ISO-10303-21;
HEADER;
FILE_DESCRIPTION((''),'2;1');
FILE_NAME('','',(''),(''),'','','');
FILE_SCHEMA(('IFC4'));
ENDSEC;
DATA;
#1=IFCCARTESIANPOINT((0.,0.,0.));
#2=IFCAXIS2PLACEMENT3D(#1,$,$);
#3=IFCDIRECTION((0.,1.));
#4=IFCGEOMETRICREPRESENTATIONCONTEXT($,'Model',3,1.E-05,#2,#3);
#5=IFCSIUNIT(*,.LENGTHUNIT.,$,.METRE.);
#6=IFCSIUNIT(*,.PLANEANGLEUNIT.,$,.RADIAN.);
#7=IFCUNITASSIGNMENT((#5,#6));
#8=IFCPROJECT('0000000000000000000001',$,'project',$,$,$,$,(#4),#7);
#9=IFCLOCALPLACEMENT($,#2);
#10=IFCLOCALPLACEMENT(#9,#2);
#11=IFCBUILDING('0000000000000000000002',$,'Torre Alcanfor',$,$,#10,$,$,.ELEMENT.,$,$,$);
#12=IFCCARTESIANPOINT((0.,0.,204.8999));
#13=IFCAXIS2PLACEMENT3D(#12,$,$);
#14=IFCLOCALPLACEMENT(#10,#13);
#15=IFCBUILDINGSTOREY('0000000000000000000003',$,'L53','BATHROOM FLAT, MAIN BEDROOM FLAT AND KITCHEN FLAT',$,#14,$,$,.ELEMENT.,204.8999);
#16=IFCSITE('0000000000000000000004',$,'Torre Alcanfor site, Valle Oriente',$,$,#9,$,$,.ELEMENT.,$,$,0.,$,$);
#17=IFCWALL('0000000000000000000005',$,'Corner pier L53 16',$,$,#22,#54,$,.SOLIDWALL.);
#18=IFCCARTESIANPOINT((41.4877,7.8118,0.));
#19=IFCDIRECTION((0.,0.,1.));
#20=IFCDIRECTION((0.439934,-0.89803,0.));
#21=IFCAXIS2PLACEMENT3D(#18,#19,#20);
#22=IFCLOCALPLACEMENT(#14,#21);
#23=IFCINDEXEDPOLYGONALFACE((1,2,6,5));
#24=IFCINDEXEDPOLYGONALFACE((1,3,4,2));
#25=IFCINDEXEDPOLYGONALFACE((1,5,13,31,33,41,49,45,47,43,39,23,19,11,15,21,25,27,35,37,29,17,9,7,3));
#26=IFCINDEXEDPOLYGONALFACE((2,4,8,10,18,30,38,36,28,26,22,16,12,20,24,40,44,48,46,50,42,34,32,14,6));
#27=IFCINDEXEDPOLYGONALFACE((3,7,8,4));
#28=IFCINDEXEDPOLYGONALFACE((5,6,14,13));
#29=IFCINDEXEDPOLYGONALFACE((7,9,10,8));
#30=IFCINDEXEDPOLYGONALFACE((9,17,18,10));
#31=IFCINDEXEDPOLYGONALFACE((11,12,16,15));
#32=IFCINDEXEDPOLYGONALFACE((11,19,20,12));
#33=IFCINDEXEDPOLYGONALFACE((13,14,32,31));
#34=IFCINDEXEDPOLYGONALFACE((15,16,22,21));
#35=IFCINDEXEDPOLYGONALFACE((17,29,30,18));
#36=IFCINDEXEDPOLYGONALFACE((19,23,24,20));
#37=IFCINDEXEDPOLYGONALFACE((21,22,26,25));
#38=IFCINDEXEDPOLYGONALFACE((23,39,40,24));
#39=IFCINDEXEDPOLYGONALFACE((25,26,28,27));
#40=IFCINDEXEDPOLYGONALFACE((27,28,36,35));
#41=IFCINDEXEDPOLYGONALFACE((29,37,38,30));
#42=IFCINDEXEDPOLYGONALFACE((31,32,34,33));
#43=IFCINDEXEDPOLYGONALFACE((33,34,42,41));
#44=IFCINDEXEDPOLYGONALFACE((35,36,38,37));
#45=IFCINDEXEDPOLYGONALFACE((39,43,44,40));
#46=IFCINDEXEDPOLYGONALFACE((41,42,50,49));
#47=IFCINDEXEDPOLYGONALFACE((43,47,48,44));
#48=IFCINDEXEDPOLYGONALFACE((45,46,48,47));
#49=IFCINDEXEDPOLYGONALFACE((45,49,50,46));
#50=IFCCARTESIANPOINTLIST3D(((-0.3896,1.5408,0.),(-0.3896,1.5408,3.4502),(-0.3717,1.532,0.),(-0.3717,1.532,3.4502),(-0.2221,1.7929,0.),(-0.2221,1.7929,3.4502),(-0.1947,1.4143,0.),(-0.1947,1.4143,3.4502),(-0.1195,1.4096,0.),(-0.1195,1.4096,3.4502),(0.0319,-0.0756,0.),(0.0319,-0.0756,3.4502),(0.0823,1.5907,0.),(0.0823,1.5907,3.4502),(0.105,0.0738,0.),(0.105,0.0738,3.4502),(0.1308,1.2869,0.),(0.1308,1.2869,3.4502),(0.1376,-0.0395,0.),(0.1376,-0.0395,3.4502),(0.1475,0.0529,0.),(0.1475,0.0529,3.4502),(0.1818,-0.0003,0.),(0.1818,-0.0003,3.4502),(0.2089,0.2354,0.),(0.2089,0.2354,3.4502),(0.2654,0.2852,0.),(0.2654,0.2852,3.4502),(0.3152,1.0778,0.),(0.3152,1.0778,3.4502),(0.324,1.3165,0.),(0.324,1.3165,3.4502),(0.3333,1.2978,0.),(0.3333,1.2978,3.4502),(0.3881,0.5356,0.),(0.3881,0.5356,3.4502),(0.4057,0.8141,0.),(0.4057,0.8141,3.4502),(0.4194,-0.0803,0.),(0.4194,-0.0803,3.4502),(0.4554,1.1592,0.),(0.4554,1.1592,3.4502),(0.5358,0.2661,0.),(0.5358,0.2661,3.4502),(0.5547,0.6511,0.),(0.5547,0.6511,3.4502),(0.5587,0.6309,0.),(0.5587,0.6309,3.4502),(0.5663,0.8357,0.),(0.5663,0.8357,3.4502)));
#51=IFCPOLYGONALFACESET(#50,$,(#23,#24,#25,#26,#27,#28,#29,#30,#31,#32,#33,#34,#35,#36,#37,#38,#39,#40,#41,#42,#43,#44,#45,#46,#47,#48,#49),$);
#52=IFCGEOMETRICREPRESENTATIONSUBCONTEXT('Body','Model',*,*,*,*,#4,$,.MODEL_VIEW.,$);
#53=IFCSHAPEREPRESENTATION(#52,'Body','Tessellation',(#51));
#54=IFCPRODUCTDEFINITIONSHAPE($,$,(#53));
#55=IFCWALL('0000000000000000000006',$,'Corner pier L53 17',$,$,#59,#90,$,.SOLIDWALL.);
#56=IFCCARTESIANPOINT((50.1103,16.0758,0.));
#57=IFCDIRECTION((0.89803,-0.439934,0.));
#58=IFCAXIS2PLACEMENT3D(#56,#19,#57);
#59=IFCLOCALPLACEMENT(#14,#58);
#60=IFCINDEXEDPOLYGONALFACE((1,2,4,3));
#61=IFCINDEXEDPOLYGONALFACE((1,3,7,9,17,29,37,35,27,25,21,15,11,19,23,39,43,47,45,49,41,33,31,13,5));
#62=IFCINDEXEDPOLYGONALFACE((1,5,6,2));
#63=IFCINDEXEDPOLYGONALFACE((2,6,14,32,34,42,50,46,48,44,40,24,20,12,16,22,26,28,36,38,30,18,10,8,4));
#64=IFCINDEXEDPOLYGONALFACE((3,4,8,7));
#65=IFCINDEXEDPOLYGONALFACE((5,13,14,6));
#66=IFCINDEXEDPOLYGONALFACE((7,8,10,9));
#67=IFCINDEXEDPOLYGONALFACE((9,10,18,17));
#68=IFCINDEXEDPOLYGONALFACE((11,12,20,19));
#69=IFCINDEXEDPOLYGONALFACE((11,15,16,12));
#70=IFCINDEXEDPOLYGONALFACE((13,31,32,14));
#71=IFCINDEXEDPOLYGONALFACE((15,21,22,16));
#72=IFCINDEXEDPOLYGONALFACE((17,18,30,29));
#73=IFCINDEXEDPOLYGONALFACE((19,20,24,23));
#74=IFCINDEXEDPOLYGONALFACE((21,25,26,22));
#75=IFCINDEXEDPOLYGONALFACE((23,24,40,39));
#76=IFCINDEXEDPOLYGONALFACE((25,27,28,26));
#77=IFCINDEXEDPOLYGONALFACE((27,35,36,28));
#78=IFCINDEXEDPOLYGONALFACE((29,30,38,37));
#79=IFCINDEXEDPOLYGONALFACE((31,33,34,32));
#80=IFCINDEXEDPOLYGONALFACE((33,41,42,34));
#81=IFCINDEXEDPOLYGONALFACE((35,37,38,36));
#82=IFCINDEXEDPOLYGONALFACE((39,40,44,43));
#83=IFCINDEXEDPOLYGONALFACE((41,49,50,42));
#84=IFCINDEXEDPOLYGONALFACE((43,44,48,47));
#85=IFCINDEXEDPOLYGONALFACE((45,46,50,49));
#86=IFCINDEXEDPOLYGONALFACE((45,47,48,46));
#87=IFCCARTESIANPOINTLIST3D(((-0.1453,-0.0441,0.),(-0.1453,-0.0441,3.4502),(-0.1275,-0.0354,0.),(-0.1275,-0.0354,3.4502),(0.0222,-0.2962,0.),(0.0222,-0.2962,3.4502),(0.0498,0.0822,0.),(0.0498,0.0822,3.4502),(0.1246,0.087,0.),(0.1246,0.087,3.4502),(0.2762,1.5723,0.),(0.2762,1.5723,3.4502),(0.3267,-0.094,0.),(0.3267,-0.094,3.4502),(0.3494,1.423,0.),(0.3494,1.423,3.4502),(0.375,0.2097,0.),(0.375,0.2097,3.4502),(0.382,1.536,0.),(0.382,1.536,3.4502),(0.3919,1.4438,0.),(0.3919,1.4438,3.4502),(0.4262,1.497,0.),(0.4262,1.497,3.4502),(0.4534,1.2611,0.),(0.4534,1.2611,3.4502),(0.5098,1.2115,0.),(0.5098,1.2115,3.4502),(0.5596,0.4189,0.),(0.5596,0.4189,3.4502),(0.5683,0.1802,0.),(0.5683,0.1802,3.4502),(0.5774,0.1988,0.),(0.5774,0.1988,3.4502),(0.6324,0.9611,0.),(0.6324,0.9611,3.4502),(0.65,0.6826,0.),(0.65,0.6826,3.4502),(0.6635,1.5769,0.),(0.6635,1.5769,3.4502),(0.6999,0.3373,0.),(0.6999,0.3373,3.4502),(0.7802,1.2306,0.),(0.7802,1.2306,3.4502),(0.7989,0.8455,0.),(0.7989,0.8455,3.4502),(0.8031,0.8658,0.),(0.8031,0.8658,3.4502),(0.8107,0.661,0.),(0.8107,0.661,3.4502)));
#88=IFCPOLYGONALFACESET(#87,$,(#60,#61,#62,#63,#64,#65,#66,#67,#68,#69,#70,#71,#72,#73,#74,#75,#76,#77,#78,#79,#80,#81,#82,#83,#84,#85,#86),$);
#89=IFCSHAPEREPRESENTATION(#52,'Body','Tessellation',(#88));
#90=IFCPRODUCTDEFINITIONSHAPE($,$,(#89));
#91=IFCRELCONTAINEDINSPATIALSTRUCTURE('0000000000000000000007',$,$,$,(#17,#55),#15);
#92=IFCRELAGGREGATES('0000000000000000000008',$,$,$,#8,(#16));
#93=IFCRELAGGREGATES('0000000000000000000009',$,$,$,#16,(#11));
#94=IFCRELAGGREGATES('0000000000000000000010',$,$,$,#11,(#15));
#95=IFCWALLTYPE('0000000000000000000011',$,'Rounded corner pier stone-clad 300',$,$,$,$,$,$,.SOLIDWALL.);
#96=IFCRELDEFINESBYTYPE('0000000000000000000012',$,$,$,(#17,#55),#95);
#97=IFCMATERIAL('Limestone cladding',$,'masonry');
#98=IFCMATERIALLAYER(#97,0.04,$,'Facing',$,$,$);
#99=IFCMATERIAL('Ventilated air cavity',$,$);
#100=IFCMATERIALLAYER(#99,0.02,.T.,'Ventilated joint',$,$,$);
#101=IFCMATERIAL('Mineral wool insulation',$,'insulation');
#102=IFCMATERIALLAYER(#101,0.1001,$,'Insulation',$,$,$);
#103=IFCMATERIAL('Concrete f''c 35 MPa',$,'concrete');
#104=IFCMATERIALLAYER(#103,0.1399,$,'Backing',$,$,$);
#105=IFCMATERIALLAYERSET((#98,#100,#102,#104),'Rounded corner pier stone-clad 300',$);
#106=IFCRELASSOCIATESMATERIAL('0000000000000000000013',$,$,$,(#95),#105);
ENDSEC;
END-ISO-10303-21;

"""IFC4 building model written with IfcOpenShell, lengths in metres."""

from ifc_helpers import new_model, si_unit, direction, frame, origin, place, context, subcontext, project, spatial, polyline, outline, extrude, material, layer, layer_set, type_object, element, save


model = new_model("IFC4")

# Units and contexts
model_context = context("Model", 3, precision=1e-05, world=origin(), true_north=direction((0.0, 1.0)))
body_context = subcontext(model_context, "Body", "Model", "MODEL_VIEW")
ifc_project = project(units=[si_unit("LENGTHUNIT", "METRE"), si_unit("PLANEANGLEUNIT", "RADIAN")], contexts=[model_context])

# Site, building, storey
site_placement = place(None, origin())
site = spatial("IfcSite", under=ifc_project, at=site_placement, Name="Torre Alcanfor site, Valle Oriente", CompositionType="ELEMENT", RefElevation=0.0)
building_placement = place(site_placement, origin())
building = spatial("IfcBuilding", under=site, at=building_placement, Name="Torre Alcanfor", CompositionType="ELEMENT")
storey_placement = place(building_placement, frame((0.0, 0.0, 204.8999)))
storey = spatial("IfcBuildingStorey", under=building, at=storey_placement, Name="L53", Description="BATHROOM FLAT, MAIN BEDROOM FLAT AND KITCHEN FLAT", CompositionType="ELEMENT", Elevation=204.8999)

# Shared definitions
ifc_material_1 = material(Name="Limestone cladding", Category="masonry")
ifc_material_2 = material(Name="Ventilated air cavity")
ifc_material_3 = material(Name="Mineral wool insulation", Category="insulation")
ifc_material_4 = material(Name="Concrete f'c 35 MPa", Category="concrete")

# Walls
ifc_layer_1 = layer(ifc_material_1, 0.04, Name="Facing")
ifc_layer_2 = layer(ifc_material_2, 0.02, ventilated=True, Name="Ventilated joint")
ifc_layer_3 = layer(ifc_material_3, 0.1001, Name="Insulation")
ifc_layer_4 = layer(ifc_material_4, 0.1399, Name="Backing")
ifc_layer_set_1 = layer_set([ifc_layer_1, ifc_layer_2, ifc_layer_3, ifc_layer_4], Name="Rounded corner pier stone-clad 300")
wall_type_1 = type_object("IfcWallType", Name="Rounded corner pier stone-clad 300", PredefinedType="SOLIDWALL", material=ifc_layer_set_1)
wall_1_placement = place(storey_placement, frame((41.4877, 7.8118, 0.0), z_axis=(0.0, 0.0, 1.0), x_axis=(0.439934, -0.89803, 0.0)))
element("IfcWall", 1, at=wall_1_placement, inside=storey, type_object=wall_type_1, Name="Corner pier L53 16", PredefinedType="SOLIDWALL", context=body_context, shape_type="SweptSolid", body=[
    extrude(outline(polyline([(-0.2221, 1.7929), (-0.3896, 1.5408), (-0.3717, 1.532), (-0.1947, 1.4143), (-0.1195, 1.4096), (0.1308, 1.2869), (0.3152, 1.0778), (0.4057, 0.8141), (0.3881, 0.5356), (0.2654, 0.2852), (0.2089, 0.2354), (0.1475, 0.0529), (0.105, 0.0738), (0.0319, -0.0756), (0.1376, -0.0395), (0.1818, -0.0003), (0.4194, -0.0803), (0.5358, 0.2661), (0.5587, 0.6309), (0.5547, 0.6511), (0.5663, 0.8357), (0.4554, 1.1592), (0.3333, 1.2978), (0.324, 1.3165), (0.0823, 1.5907), (-0.2221, 1.7929)])), origin(), (0.0, 0.0, 1.0), 3.4502),
])
wall_2_placement = place(storey_placement, frame((50.1103, 16.0758, 0.0), z_axis=(0.0, 0.0, 1.0), x_axis=(0.89803, -0.439934, 0.0)))
element("IfcWall", 2, at=wall_2_placement, inside=storey, type_object=wall_type_1, Name="Corner pier L53 17", PredefinedType="SOLIDWALL", context=body_context, shape_type="SweptSolid", body=[
    extrude(outline(polyline([(0.6635, 1.5769), (0.4262, 1.497), (0.382, 1.536), (0.2762, 1.5723), (0.3494, 1.423), (0.3919, 1.4438), (0.4534, 1.2611), (0.5098, 1.2115), (0.6324, 0.9611), (0.65, 0.6826), (0.5596, 0.4189), (0.375, 0.2097), (0.1246, 0.087), (0.0498, 0.0822), (-0.1275, -0.0354), (-0.1453, -0.0441), (0.0222, -0.2962), (0.3267, -0.094), (0.5683, 0.1802), (0.5774, 0.1988), (0.6999, 0.3373), (0.8107, 0.661), (0.7989, 0.8455), (0.8031, 0.8658), (0.7802, 1.2306), (0.6635, 1.5769)])), origin(), (0.0, 0.0, 1.0), 3.4502),
])

save(model, "model.ifc")
